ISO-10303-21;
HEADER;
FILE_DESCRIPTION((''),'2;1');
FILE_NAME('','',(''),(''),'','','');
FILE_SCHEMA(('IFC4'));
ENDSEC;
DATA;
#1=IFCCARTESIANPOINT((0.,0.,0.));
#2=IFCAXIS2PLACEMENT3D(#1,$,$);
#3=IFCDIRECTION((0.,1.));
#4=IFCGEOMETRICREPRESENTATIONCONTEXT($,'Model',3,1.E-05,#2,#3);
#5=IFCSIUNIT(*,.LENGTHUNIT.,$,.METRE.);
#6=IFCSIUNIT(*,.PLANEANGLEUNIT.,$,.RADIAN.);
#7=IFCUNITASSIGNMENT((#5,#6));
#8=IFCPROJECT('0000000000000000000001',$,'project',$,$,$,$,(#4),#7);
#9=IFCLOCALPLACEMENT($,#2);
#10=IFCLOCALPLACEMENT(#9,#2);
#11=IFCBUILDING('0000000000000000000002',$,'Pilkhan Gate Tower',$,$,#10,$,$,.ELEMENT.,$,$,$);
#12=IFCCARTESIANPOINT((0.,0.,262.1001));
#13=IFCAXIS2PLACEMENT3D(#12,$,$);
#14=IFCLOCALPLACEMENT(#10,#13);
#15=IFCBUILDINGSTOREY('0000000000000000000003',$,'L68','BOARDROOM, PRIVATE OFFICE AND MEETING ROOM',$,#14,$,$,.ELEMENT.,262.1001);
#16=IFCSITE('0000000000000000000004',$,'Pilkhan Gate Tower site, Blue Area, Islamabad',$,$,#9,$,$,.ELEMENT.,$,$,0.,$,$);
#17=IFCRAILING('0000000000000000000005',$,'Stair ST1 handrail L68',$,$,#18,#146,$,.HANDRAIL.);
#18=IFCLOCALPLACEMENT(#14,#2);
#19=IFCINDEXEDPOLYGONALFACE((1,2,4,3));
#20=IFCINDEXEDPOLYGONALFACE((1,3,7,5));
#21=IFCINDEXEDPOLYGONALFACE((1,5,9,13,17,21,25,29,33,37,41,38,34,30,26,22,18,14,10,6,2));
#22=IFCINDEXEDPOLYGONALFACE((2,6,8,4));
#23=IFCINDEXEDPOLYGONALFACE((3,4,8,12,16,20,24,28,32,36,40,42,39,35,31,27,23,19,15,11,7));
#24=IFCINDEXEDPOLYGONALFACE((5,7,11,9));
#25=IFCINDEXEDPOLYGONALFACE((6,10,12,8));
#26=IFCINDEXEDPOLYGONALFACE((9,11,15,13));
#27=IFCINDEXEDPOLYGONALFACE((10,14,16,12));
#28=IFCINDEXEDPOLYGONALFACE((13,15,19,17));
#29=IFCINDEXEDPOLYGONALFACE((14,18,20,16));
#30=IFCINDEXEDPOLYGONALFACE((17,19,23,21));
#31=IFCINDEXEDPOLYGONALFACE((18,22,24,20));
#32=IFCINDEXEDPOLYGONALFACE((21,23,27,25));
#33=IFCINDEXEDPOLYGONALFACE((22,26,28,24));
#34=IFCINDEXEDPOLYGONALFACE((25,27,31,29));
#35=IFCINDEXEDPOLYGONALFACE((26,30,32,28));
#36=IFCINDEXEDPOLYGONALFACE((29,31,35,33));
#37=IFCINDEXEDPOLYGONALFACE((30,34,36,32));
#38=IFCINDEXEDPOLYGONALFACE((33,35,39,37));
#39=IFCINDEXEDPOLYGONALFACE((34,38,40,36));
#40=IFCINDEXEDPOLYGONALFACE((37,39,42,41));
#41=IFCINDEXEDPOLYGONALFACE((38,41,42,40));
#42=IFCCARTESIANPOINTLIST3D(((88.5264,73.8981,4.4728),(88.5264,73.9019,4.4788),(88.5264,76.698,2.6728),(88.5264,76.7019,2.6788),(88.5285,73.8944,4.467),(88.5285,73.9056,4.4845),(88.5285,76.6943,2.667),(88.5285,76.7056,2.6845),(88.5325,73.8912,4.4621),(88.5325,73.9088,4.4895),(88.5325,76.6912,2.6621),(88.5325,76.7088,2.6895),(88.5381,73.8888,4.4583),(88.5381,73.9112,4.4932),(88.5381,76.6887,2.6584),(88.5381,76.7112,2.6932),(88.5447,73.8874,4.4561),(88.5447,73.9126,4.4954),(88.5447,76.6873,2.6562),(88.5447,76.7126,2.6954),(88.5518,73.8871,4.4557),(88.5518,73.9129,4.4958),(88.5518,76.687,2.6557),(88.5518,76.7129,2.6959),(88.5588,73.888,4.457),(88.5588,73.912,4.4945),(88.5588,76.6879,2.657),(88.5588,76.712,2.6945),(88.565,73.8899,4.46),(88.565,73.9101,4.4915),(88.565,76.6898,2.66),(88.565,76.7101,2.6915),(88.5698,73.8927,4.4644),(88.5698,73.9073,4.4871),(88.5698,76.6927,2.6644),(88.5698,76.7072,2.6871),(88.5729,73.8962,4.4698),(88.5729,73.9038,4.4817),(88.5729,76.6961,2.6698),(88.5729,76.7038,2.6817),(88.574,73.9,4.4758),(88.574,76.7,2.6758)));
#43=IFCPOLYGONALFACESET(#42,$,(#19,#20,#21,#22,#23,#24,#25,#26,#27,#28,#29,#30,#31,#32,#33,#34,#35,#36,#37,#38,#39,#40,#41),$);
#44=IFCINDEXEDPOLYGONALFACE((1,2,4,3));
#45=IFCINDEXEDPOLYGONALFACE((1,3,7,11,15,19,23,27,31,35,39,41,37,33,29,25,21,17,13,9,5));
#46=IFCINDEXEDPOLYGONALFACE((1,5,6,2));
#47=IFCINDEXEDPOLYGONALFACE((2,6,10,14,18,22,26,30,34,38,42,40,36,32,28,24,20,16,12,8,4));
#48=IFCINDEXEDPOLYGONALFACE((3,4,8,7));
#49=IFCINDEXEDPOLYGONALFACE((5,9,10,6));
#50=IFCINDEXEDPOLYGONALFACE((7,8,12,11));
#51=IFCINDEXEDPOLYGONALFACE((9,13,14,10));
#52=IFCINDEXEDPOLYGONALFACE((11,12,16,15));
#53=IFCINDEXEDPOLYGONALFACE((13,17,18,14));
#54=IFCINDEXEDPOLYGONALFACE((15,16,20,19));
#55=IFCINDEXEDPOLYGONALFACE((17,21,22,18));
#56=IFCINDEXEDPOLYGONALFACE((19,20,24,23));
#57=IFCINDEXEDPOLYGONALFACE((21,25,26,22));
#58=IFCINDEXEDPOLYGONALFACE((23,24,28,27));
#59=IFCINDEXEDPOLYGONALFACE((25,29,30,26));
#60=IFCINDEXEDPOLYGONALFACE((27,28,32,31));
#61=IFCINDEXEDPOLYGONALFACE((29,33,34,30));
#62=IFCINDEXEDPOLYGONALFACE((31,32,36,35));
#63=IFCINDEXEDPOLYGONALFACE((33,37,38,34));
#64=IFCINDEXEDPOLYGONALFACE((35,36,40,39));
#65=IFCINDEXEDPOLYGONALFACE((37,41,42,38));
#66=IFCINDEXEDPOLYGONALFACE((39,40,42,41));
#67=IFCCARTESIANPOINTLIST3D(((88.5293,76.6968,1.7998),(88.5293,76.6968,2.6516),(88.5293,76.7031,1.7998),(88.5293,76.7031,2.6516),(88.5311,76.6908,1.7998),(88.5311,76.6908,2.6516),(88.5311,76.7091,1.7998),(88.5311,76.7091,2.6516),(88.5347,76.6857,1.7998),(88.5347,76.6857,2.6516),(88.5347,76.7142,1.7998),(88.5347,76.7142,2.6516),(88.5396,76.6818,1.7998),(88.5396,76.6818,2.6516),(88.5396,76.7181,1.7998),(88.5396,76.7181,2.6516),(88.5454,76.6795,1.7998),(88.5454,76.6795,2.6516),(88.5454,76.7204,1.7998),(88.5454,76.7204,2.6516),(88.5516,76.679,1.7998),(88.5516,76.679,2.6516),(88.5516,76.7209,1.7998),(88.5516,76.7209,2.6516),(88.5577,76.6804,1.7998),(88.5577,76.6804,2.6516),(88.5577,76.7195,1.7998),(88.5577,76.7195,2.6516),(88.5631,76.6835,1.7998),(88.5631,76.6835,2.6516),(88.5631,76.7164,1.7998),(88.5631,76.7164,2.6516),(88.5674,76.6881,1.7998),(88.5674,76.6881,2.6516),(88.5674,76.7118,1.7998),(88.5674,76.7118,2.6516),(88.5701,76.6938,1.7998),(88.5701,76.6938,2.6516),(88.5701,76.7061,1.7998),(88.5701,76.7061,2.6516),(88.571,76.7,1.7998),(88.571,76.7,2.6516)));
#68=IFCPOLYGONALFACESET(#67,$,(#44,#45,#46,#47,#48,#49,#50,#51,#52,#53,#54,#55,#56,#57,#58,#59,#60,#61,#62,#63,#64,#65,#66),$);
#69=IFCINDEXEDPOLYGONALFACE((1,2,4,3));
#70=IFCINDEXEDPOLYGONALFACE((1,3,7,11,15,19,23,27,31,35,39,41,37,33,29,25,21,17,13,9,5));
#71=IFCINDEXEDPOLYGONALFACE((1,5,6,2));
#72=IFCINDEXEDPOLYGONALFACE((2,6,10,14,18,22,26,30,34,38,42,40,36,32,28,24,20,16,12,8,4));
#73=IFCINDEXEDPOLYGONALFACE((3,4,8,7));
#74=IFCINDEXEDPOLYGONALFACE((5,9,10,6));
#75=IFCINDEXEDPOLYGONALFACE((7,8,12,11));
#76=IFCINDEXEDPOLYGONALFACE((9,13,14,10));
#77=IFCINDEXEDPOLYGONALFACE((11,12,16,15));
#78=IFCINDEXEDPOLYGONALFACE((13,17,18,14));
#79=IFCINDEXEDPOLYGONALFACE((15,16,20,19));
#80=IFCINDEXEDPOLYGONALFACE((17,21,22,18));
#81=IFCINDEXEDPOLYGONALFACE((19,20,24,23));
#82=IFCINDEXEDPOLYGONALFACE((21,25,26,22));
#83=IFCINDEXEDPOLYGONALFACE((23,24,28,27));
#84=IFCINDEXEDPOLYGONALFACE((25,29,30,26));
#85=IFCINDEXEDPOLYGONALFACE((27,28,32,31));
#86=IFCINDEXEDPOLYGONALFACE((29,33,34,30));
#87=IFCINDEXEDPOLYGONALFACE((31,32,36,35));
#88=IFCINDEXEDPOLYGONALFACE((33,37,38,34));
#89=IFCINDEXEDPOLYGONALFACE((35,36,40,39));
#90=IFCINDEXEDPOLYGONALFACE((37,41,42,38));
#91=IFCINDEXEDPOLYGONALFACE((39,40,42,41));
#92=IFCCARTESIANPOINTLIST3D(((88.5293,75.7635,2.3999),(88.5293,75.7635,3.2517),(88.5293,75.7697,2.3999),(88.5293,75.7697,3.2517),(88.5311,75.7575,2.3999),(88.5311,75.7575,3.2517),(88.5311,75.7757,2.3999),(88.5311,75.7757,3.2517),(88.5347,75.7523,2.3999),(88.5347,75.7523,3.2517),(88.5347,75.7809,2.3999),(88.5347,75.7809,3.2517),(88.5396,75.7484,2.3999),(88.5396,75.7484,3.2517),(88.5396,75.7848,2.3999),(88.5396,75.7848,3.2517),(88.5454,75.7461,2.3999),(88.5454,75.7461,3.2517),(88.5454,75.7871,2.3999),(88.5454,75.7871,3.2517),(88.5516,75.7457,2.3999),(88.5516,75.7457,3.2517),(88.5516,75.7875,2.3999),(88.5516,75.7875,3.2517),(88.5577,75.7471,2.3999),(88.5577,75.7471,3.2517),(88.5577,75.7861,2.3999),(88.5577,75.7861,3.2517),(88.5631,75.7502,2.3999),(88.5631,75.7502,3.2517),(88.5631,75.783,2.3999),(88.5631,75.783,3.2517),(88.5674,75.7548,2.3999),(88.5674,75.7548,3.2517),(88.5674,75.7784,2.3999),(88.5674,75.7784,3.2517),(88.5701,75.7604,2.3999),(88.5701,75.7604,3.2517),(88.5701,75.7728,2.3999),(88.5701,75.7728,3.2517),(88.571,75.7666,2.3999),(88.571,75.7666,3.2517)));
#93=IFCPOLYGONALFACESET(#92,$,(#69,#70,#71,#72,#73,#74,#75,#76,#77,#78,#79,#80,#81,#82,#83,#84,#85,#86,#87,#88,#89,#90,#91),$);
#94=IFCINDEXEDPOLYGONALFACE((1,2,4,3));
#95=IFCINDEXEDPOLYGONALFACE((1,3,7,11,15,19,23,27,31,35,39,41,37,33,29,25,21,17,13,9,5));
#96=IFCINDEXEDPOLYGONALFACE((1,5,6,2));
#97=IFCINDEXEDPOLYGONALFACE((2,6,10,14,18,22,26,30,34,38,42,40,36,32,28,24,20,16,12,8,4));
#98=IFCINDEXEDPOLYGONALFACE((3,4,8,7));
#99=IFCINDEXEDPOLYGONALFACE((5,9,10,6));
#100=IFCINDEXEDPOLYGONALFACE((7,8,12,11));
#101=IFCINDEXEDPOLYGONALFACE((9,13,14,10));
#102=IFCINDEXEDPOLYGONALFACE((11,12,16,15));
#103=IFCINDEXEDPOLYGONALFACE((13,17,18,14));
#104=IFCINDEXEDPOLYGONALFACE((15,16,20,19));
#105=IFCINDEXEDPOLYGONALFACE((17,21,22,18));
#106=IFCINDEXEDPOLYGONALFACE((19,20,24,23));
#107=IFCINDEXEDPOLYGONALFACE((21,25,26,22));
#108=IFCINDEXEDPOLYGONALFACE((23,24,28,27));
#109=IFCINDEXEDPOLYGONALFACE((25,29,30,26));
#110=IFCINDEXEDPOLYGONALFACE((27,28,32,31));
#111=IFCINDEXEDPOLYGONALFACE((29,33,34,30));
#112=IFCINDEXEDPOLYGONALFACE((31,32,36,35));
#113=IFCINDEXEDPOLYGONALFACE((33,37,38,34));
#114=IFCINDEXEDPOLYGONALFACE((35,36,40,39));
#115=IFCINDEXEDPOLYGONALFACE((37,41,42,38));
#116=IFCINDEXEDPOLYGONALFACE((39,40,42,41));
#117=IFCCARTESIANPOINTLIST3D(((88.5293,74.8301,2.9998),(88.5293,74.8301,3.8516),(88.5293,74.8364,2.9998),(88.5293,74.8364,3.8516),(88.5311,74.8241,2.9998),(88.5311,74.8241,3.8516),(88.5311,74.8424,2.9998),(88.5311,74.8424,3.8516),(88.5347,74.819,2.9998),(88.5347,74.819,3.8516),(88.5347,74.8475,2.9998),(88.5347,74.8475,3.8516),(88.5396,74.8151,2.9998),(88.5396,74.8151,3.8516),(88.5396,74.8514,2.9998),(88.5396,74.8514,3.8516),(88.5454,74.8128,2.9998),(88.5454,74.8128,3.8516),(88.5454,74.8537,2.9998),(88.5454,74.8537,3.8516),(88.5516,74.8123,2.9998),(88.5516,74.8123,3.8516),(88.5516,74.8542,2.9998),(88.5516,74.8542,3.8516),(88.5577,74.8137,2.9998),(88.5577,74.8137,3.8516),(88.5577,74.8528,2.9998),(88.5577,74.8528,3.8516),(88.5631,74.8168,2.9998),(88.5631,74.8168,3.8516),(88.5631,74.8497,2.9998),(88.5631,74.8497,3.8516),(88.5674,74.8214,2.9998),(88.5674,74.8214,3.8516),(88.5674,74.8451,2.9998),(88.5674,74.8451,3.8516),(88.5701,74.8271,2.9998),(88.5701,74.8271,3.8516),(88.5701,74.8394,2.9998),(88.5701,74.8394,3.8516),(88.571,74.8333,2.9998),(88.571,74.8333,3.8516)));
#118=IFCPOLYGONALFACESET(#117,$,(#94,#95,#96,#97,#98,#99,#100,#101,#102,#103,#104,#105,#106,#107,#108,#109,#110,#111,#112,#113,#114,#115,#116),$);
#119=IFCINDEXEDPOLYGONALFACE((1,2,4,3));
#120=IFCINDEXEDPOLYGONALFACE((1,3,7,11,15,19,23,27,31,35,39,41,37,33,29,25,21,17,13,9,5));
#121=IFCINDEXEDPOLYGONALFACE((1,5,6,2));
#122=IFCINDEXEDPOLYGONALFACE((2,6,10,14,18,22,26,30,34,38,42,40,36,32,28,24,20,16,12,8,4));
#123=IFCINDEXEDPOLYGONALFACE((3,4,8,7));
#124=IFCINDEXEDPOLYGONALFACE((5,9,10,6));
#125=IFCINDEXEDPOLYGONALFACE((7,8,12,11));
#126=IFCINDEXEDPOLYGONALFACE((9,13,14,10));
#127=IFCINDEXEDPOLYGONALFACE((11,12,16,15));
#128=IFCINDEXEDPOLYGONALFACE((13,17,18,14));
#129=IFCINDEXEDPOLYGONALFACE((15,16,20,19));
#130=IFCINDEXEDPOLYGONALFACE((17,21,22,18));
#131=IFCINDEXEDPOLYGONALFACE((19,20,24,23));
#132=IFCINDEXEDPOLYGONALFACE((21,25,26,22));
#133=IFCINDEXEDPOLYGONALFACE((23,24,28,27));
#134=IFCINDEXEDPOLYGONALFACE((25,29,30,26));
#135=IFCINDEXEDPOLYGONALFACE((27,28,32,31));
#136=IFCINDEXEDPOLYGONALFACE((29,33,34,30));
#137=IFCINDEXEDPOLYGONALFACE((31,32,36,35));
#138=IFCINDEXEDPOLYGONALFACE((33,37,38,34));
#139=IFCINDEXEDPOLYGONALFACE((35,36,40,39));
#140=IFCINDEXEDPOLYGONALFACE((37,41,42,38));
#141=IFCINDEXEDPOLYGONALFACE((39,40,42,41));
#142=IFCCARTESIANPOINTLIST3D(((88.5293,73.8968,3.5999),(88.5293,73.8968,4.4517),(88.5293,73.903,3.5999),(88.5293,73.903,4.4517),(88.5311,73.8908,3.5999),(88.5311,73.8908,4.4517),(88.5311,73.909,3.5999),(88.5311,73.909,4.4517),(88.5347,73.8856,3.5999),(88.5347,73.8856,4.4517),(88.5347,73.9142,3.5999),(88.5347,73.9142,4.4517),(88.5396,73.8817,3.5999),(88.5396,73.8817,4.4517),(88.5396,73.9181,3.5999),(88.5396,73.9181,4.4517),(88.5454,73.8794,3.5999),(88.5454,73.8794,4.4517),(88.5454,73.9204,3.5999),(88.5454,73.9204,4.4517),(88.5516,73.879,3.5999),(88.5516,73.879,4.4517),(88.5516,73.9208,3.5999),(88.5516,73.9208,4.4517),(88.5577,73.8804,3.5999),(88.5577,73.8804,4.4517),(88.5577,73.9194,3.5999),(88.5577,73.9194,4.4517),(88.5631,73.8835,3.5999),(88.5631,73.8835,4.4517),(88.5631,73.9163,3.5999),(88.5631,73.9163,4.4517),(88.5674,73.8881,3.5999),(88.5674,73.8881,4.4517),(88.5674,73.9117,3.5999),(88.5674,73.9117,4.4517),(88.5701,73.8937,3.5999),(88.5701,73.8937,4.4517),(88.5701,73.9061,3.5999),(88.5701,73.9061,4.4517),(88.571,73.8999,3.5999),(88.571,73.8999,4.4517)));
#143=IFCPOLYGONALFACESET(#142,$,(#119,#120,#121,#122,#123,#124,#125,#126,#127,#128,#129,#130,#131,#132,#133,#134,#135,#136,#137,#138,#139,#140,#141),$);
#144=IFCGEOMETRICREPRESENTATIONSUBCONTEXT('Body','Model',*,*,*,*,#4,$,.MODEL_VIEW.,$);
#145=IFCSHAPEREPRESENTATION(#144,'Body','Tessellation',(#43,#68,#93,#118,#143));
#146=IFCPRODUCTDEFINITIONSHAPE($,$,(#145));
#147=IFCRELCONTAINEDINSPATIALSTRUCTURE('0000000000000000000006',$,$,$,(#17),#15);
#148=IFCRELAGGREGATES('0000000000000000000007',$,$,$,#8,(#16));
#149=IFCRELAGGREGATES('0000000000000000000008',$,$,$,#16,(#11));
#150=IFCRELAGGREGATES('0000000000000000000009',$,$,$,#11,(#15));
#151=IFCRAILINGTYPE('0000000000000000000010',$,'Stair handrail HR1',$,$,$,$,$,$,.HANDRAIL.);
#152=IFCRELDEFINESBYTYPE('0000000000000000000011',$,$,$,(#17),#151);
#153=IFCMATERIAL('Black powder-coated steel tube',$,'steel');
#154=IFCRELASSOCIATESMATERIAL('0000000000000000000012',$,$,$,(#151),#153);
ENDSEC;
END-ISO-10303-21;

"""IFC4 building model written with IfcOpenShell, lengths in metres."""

from ifc_helpers import new_model, si_unit, direction, frame, origin, origin_2d, place, context, subcontext, project, spatial, circle, extrude, material, type_object, element, save


model = new_model("IFC4")

# Units and contexts
model_context = context("Model", 3, precision=1e-05, world=origin(), true_north=direction((0.0, 1.0)))
body_context = subcontext(model_context, "Body", "Model", "MODEL_VIEW")
ifc_project = project(units=[si_unit("LENGTHUNIT", "METRE"), si_unit("PLANEANGLEUNIT", "RADIAN")], contexts=[model_context])

# Site, building, storey
site_placement = place(None, origin())
site = spatial("IfcSite", under=ifc_project, at=site_placement, Name="Pilkhan Gate Tower site, Blue Area, Islamabad", CompositionType="ELEMENT", RefElevation=0.0)
building_placement = place(site_placement, origin())
building = spatial("IfcBuilding", under=site, at=building_placement, Name="Pilkhan Gate Tower", CompositionType="ELEMENT")
storey_placement = place(building_placement, frame((0.0, 0.0, 262.1001)))
storey = spatial("IfcBuildingStorey", under=building, at=storey_placement, Name="L68", Description="BOARDROOM, PRIVATE OFFICE AND MEETING ROOM", CompositionType="ELEMENT", Elevation=262.1001)

# Railing
ifc_material_1 = material(Name="Black powder-coated steel tube", Category="steel")
railing_type_1 = type_object("IfcRailingType", Name="Stair handrail HR1", PredefinedType="HANDRAIL", material=ifc_material_1)
railing_1_placement = place(storey_placement, frame((88.55, 76.7, 1.7998)))
element("IfcRailing", 1, at=railing_1_placement, inside=storey, type_object=railing_type_1, Name="Stair ST1 handrail L68", PredefinedType="HANDRAIL", context=body_context, shape_type="SweptSolid", body=[
    extrude(circle(Radius=0.0239, at=origin_2d()), frame((0.0, 0.0, 0.876), z_axis=(0.0, -0.841176, 0.540761), x_axis=(1.0, 0.0, 0.0)), (0.0, 0.0, 1.0), 3.3286),
    extrude(circle(Radius=0.021, at=origin_2d()), origin(), (0.0, 0.0, 1.0), 0.8518),
    extrude(circle(Radius=0.021, at=origin_2d()), frame((0.0, -0.9333, 0.6001)), (0.0, 0.0, 1.0), 0.8518),
    extrude(circle(Radius=0.021, at=origin_2d()), frame((0.0, -1.8667, 1.2)), (0.0, 0.0, 1.0), 0.8518),
    extrude(circle(Radius=0.021, at=origin_2d()), frame((0.0, -2.8, 1.8)), (0.0, 0.0, 1.0), 0.8518),
])

save(model, "model.ifc")
